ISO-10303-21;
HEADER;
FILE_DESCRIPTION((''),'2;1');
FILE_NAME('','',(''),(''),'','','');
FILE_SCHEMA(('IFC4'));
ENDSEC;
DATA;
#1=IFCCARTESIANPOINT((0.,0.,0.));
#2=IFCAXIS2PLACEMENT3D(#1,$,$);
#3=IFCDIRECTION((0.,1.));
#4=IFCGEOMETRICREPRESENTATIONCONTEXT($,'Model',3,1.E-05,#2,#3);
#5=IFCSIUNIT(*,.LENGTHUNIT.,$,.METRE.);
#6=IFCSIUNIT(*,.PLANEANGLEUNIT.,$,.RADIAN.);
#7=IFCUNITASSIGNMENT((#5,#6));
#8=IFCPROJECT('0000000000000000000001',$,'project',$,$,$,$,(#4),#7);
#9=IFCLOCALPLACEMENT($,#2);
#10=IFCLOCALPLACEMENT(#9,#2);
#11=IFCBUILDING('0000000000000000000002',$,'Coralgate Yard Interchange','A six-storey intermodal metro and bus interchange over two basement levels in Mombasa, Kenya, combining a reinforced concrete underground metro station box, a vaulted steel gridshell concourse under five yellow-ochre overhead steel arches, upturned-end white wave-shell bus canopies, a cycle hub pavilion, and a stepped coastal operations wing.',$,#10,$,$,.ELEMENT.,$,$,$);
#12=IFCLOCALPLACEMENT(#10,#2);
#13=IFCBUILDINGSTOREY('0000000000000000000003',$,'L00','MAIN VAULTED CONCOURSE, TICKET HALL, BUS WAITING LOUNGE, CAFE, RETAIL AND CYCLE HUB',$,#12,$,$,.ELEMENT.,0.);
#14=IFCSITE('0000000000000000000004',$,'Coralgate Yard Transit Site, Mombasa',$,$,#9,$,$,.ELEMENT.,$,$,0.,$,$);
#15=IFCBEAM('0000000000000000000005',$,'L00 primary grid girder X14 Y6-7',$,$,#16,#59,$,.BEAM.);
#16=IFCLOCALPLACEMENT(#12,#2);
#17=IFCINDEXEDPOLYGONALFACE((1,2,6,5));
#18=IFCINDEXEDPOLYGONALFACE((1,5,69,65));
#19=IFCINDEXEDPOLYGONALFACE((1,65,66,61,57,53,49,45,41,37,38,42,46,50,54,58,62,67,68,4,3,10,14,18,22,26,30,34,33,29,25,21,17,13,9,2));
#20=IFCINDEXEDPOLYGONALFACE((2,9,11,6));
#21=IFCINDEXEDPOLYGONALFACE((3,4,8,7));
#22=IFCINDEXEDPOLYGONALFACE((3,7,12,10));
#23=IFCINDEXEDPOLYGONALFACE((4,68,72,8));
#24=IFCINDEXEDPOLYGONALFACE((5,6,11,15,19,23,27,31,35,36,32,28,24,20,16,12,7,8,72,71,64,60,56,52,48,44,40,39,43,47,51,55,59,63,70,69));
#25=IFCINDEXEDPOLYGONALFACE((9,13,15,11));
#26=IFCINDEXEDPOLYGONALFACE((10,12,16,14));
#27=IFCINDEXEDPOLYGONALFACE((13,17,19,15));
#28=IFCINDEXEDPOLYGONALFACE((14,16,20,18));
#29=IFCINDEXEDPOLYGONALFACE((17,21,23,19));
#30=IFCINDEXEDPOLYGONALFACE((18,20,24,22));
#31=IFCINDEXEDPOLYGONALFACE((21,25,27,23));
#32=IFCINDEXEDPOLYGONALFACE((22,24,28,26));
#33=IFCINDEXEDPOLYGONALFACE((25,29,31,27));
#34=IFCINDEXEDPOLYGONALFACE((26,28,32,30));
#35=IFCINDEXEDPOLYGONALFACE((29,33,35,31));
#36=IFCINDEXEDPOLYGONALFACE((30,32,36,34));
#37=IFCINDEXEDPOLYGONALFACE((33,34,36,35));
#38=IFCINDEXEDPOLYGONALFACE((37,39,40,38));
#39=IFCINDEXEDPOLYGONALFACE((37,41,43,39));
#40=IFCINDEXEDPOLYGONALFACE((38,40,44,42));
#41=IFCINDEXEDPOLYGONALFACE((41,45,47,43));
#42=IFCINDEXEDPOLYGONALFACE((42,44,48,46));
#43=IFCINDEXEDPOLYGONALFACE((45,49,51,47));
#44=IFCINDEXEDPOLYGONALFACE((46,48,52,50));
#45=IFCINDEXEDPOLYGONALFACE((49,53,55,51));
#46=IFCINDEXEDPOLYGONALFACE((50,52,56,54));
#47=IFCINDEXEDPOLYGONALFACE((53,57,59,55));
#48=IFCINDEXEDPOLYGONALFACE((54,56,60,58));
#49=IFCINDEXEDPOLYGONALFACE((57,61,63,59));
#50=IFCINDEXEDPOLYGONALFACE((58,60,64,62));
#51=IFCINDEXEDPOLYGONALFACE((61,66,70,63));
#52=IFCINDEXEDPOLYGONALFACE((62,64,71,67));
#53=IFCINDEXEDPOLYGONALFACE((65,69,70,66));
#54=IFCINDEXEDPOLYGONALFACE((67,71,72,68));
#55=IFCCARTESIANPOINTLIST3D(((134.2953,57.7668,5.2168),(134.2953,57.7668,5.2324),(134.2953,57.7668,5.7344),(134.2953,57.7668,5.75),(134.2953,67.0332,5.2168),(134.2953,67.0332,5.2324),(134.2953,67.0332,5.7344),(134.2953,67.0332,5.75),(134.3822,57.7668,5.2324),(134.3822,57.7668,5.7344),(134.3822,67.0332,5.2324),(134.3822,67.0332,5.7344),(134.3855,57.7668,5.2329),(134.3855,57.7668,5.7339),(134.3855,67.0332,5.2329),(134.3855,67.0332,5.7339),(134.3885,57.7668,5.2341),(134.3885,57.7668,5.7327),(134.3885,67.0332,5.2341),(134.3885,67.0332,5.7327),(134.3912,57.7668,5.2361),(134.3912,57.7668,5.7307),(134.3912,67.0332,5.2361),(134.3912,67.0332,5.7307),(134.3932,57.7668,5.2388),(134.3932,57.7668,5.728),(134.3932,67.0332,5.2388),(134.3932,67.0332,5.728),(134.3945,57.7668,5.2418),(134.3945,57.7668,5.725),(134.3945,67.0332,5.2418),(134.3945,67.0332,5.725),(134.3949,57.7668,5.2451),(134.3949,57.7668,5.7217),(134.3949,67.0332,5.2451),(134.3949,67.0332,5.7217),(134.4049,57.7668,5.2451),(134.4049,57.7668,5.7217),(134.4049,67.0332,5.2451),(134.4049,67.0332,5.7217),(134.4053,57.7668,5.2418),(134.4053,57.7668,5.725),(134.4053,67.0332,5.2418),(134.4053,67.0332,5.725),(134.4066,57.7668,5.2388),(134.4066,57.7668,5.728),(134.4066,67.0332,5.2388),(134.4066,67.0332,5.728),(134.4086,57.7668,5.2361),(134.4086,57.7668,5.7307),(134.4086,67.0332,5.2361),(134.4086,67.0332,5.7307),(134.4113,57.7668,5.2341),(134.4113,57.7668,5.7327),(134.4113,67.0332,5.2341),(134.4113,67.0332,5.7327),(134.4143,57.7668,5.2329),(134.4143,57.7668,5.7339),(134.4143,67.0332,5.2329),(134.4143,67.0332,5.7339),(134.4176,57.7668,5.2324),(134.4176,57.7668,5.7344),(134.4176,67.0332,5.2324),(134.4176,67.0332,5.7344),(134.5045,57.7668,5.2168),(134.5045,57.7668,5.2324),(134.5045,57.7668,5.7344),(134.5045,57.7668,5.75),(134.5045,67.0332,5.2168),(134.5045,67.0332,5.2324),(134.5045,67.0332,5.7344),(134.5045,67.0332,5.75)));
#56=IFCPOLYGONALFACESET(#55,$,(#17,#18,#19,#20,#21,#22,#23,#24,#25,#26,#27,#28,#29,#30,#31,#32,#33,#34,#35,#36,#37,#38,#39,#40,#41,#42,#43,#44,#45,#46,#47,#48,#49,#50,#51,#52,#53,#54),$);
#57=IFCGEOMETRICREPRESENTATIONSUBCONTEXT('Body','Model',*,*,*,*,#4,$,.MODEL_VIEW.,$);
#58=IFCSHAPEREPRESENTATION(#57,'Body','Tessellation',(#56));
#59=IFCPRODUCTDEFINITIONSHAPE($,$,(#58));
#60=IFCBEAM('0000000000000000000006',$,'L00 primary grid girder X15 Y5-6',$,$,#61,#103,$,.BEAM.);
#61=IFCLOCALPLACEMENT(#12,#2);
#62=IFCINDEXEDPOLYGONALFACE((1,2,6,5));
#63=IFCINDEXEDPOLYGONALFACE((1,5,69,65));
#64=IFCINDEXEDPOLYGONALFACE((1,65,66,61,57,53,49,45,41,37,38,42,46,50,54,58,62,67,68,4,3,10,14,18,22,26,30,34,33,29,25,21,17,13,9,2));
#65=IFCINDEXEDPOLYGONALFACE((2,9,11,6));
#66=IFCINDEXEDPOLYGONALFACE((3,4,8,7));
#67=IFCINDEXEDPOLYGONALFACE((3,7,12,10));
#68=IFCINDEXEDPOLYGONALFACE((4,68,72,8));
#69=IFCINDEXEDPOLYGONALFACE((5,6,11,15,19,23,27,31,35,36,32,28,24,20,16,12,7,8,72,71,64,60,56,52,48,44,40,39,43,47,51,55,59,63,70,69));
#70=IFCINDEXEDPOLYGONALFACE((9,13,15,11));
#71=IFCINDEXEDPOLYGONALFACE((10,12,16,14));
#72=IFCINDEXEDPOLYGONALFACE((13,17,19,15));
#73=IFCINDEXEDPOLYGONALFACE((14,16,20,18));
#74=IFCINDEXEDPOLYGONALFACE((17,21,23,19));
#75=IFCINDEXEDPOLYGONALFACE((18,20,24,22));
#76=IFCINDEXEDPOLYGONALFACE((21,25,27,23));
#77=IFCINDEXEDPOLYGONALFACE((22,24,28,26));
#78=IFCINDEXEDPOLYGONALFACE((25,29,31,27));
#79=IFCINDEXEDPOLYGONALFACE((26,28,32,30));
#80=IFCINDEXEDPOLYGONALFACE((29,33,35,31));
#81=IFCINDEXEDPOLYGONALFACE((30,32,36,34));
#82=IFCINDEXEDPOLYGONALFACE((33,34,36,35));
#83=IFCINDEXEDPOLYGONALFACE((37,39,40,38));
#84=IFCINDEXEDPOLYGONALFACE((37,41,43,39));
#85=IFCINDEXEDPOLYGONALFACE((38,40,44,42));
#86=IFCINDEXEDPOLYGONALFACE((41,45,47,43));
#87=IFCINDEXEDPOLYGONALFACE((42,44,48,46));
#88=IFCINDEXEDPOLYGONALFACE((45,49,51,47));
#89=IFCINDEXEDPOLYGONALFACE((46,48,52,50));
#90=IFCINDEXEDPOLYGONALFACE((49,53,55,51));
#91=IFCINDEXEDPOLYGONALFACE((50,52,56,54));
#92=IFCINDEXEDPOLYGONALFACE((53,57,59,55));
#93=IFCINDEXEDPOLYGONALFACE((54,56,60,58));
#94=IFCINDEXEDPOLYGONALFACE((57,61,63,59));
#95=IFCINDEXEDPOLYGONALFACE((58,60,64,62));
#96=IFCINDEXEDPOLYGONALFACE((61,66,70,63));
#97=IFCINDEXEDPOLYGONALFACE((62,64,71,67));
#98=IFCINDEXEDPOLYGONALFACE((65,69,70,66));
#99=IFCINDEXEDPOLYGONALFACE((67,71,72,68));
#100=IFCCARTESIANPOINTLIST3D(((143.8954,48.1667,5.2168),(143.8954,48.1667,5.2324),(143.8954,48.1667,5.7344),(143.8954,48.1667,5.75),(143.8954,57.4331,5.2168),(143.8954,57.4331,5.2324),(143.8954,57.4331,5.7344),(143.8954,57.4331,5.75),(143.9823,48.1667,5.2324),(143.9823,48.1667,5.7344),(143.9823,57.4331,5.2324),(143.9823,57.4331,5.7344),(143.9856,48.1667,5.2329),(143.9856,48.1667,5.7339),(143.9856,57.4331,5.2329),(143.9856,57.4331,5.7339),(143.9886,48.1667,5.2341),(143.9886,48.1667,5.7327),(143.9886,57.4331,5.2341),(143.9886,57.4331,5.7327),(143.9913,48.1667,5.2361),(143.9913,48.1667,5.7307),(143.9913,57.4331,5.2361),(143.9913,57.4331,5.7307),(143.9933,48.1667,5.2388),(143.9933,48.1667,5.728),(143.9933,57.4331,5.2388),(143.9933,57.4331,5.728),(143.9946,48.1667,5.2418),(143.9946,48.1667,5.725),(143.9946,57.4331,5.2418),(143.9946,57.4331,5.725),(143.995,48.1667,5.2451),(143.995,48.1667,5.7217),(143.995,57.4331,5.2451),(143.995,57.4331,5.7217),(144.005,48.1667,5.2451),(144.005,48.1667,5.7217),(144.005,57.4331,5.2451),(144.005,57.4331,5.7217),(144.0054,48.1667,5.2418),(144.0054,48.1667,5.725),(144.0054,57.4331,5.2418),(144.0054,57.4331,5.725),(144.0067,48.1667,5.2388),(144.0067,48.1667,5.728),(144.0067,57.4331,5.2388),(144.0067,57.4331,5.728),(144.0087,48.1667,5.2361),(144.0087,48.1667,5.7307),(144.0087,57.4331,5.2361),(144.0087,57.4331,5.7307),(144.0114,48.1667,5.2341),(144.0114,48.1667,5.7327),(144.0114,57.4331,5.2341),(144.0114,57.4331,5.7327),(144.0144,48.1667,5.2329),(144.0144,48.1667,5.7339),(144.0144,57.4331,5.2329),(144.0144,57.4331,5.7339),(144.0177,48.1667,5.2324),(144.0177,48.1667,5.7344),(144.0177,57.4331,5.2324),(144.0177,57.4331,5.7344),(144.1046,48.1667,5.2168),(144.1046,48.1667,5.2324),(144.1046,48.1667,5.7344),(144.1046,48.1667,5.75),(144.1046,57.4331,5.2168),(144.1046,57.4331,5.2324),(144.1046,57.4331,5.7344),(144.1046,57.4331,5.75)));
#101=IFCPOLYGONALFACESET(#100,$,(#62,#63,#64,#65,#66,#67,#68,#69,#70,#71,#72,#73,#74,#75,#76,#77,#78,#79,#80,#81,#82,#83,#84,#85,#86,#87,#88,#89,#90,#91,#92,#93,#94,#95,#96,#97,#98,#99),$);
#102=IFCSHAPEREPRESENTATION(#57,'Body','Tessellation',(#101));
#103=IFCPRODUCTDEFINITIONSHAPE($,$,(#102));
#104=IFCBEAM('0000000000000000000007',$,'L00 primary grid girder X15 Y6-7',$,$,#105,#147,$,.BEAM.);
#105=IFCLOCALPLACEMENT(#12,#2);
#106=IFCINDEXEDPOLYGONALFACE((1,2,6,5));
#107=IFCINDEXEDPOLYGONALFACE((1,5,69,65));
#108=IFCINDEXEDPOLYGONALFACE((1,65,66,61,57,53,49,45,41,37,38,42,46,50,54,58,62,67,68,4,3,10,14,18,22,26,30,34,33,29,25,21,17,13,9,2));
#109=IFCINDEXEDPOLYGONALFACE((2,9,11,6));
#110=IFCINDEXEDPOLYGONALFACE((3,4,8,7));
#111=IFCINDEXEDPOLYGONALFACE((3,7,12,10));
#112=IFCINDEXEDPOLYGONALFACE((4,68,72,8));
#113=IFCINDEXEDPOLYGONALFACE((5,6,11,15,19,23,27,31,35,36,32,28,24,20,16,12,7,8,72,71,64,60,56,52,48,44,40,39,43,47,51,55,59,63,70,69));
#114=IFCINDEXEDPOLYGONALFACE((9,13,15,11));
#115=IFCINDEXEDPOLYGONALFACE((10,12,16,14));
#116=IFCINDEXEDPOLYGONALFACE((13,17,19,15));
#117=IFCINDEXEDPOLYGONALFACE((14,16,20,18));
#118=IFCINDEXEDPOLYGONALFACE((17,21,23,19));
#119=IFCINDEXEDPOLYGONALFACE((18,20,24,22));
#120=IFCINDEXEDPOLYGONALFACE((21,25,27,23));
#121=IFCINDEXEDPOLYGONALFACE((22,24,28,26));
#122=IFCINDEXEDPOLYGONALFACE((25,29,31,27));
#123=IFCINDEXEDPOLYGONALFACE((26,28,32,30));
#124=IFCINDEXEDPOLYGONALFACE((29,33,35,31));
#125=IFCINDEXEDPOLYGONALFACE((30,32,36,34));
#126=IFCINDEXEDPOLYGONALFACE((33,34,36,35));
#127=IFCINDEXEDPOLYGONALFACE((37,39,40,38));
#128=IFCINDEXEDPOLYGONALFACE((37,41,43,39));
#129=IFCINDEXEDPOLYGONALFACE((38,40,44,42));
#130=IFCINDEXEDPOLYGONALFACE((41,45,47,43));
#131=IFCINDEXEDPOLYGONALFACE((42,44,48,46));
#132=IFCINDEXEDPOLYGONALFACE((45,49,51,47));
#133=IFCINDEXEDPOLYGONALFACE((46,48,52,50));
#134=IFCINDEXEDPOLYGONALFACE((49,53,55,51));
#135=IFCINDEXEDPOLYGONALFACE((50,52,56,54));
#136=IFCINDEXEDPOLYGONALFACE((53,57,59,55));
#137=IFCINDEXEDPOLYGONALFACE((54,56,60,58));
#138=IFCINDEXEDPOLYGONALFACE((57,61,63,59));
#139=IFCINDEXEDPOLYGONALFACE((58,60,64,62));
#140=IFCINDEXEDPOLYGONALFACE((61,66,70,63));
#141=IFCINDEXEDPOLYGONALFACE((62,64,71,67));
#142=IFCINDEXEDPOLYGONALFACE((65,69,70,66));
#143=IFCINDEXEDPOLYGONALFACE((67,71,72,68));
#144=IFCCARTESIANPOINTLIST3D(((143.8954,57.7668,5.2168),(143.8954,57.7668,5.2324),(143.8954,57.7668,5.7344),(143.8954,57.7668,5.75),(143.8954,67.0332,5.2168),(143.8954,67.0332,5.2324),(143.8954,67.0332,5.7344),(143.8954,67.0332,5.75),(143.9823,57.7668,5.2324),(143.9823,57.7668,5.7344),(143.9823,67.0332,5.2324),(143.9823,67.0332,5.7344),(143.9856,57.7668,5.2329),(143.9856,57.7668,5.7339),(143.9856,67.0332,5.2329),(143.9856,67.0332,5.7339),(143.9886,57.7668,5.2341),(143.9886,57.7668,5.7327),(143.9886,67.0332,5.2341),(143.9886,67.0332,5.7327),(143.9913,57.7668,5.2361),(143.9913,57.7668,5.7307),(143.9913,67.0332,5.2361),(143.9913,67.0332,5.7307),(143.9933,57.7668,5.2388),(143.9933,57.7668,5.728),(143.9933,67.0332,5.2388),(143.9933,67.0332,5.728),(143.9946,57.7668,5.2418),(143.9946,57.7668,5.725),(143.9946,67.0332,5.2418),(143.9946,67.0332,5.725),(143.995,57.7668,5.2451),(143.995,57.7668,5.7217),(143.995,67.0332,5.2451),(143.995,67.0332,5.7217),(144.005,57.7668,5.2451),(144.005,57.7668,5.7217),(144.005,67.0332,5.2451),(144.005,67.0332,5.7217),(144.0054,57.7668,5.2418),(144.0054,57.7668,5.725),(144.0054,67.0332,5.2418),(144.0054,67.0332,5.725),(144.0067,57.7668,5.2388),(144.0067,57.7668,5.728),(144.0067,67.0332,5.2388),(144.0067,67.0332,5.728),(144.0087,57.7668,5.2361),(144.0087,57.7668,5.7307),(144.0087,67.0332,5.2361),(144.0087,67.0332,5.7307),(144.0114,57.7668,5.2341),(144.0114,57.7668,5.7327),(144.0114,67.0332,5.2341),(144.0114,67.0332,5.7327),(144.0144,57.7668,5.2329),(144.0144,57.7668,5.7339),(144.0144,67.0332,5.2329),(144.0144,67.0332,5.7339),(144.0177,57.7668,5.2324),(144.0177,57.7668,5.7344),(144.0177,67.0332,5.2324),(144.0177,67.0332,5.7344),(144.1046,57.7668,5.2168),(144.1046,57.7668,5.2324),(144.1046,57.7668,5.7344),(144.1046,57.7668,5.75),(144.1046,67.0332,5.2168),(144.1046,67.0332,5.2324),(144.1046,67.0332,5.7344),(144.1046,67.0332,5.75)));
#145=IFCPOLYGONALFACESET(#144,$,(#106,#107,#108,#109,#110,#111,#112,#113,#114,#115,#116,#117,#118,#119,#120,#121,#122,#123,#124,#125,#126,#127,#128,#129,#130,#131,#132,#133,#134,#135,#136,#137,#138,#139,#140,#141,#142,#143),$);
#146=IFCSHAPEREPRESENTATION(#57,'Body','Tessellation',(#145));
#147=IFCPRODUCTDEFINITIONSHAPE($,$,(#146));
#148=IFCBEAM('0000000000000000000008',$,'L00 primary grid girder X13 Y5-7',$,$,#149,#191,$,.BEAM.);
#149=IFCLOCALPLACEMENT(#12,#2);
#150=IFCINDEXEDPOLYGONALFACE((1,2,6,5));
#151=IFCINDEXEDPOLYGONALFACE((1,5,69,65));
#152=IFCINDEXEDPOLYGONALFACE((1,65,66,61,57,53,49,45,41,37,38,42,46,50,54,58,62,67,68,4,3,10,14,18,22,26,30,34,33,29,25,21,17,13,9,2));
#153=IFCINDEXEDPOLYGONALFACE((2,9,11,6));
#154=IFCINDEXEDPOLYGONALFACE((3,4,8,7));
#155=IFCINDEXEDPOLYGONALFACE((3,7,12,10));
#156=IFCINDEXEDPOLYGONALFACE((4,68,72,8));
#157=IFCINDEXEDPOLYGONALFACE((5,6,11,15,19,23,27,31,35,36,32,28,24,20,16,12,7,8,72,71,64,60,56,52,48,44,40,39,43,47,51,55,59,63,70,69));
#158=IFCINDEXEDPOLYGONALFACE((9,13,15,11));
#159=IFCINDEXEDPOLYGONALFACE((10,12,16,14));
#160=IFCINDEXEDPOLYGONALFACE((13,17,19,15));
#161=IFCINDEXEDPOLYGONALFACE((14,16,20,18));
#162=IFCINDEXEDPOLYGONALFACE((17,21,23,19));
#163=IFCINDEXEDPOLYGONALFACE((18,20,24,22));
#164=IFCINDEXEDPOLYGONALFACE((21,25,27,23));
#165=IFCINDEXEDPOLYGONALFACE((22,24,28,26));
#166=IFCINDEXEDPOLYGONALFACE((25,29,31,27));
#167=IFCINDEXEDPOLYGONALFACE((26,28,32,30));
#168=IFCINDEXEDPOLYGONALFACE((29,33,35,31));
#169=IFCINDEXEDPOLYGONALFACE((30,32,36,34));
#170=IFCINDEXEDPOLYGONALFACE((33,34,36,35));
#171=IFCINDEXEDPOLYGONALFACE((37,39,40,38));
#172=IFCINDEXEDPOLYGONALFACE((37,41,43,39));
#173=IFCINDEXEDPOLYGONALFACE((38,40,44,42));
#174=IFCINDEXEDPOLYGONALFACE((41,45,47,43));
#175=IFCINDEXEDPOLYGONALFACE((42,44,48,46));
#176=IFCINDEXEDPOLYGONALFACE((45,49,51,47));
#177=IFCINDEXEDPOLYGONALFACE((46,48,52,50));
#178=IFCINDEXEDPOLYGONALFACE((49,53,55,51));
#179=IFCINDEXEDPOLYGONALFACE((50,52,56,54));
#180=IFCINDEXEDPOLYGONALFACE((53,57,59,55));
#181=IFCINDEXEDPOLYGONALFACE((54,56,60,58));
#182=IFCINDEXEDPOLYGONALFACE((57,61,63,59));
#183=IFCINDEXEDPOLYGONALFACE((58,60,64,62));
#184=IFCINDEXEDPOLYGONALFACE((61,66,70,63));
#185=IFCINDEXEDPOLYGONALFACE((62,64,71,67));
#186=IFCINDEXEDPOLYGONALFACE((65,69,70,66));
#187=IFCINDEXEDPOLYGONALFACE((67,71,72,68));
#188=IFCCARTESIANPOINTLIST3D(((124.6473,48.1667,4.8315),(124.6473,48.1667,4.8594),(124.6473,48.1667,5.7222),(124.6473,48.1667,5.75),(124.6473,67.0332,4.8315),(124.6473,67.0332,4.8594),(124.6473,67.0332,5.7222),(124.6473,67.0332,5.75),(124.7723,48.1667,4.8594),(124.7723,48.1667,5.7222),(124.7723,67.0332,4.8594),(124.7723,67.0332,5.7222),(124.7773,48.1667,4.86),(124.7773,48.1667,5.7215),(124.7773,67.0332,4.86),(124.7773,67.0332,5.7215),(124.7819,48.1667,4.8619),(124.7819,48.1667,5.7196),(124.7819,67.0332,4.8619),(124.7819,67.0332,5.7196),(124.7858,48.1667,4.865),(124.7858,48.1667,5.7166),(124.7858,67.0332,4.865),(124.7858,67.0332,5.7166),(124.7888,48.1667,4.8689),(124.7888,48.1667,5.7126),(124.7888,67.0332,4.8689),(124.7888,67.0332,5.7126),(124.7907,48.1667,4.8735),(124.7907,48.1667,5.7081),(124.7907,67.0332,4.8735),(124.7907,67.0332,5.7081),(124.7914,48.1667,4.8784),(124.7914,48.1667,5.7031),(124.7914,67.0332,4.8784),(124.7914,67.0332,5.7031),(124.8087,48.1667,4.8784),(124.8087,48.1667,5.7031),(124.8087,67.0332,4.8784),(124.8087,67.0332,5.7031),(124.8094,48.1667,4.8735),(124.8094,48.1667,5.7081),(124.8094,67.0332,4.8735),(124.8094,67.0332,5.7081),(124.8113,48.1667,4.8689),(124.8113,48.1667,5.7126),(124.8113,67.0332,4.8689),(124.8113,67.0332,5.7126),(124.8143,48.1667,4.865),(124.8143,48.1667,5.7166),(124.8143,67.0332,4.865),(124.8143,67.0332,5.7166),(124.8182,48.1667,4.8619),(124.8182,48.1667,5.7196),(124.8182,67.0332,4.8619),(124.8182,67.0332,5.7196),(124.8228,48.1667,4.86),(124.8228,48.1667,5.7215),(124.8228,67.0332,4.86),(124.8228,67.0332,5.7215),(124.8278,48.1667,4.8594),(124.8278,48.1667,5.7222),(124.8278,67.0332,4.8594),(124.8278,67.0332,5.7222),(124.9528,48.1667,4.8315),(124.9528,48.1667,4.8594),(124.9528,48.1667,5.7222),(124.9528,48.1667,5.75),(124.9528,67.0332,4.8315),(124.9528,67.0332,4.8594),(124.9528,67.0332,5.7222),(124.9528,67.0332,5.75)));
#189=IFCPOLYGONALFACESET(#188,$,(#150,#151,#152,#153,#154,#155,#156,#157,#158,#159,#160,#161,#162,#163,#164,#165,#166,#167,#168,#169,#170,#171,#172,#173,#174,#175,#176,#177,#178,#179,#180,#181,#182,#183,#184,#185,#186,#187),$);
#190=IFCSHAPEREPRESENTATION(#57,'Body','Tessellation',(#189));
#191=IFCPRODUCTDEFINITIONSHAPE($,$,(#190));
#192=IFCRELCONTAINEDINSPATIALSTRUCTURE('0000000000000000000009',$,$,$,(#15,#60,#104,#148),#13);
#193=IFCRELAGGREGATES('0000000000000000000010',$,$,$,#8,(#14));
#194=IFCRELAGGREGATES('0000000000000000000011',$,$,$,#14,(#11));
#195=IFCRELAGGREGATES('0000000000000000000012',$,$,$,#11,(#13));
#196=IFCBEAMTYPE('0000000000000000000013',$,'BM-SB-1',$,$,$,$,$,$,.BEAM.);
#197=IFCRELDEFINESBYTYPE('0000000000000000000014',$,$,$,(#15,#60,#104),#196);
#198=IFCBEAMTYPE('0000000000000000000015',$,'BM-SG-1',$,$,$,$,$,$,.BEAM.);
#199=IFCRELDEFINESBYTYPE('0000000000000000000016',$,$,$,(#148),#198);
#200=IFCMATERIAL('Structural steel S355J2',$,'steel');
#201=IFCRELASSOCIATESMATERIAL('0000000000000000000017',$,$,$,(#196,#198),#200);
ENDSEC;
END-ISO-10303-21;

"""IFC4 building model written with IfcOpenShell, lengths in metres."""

from ifc_helpers import new_model, si_unit, direction, frame, origin, origin_2d, place, context, subcontext, project, spatial, i_section, extrude, material, material_profile, profile_set, type_object, element, save


model = new_model("IFC4")

# Units and contexts
model_context = context("Model", 3, precision=1e-05, world=origin(), true_north=direction((0.0, 1.0)))
body_context = subcontext(model_context, "Body", "Model", "MODEL_VIEW")
ifc_project = project(units=[si_unit("LENGTHUNIT", "METRE"), si_unit("PLANEANGLEUNIT", "RADIAN")], contexts=[model_context])

# Site, building, storey
site_placement = place(None, origin())
site = spatial("IfcSite", under=ifc_project, at=site_placement, Name="Coralgate Yard Transit Site, Mombasa", CompositionType="ELEMENT", RefElevation=0.0)
building_placement = place(site_placement, origin())
building = spatial("IfcBuilding", under=site, at=building_placement, Name="Coralgate Yard Interchange", Description="A six-storey intermodal metro and bus interchange over two basement levels in Mombasa, Kenya, combining a reinforced concrete underground metro station box, a vaulted steel gridshell concourse under five yellow-ochre overhead steel arches, upturned-end white wave-shell bus canopies, a cycle hub pavilion, and a stepped coastal operations wing.", CompositionType="ELEMENT")
storey_placement = place(building_placement, origin())
storey = spatial("IfcBuildingStorey", under=building, at=storey_placement, Name="L00", Description="MAIN VAULTED CONCOURSE, TICKET HALL, BUS WAITING LOUNGE, CAFE, RETAIL AND CYCLE HUB", CompositionType="ELEMENT", Elevation=0.0)

# Shared definitions
ifc_material = material(Name="Structural steel S355J2", Category="steel")

# Beams
ifc_material_profile_1 = material_profile(ifc_material, i_section(OverallWidth=0.2092, OverallDepth=0.5332, WebThickness=0.01, FlangeThickness=0.0156, FilletRadius=0.0127, at=origin_2d()), Name="UB 533x210x92")
ifc_profile_set_1 = profile_set([ifc_material_profile_1], Name="Structural steel S355J2")
beam_type_1 = type_object("IfcBeamType", Name="BM-SB-1", PredefinedType="BEAM", material=ifc_profile_set_1)
for number, where, z_axis, x_axis, name in (
    (1, (134.3999, 57.7668, 5.4834), (0.0, 1.0, 0.0), (-1.0, 0.0, 0.0), "L00 primary grid girder X14 Y6-7"),
    (2, (144.0, 48.1667, 5.4834), (0.0, 1.0, 0.0), (-1.0, 0.0, 0.0), "L00 primary grid girder X15 Y5-6"),
    (3, (144.0, 57.7668, 5.4834), (0.0, 1.0, 0.0), (-1.0, 0.0, 0.0), "L00 primary grid girder X15 Y6-7"),
):
    element("IfcBeam", number, at=place(storey_placement, frame(where, z_axis=z_axis, x_axis=x_axis)), inside=storey, type_object=beam_type_1, Name=name, PredefinedType="BEAM", context=body_context, shape_type="SweptSolid", body=[
        extrude(i_section(OverallWidth=0.2092, OverallDepth=0.5332, WebThickness=0.01, FlangeThickness=0.0156, FilletRadius=0.0127, at=origin_2d()), origin(), (0.0, 0.0, 1.0), 9.2664),
    ])
ifc_material_profile_2 = material_profile(ifc_material, i_section(OverallWidth=0.3054, OverallDepth=0.9185, WebThickness=0.0173, FlangeThickness=0.0278, FilletRadius=0.019, at=origin_2d()), Name="UB 914x305x253")
ifc_profile_set_2 = profile_set([ifc_material_profile_2], Name="Structural steel S355J2")
beam_type_2 = type_object("IfcBeamType", Name="BM-SG-1", PredefinedType="BEAM", material=ifc_profile_set_2)
beam_placement = place(storey_placement, frame((124.8, 48.1667, 5.2908), z_axis=(0.0, 1.0, 0.0), x_axis=(-1.0, 0.0, 0.0)))
element("IfcBeam", 4, at=beam_placement, inside=storey, type_object=beam_type_2, Name="L00 primary grid girder X13 Y5-7", PredefinedType="BEAM", context=body_context, shape_type="SweptSolid", body=[
    extrude(i_section(OverallWidth=0.3054, OverallDepth=0.9185, WebThickness=0.0173, FlangeThickness=0.0278, FilletRadius=0.019, at=origin_2d()), origin(), (0.0, 0.0, 1.0), 18.8665),
])

save(model, "model.ifc")
